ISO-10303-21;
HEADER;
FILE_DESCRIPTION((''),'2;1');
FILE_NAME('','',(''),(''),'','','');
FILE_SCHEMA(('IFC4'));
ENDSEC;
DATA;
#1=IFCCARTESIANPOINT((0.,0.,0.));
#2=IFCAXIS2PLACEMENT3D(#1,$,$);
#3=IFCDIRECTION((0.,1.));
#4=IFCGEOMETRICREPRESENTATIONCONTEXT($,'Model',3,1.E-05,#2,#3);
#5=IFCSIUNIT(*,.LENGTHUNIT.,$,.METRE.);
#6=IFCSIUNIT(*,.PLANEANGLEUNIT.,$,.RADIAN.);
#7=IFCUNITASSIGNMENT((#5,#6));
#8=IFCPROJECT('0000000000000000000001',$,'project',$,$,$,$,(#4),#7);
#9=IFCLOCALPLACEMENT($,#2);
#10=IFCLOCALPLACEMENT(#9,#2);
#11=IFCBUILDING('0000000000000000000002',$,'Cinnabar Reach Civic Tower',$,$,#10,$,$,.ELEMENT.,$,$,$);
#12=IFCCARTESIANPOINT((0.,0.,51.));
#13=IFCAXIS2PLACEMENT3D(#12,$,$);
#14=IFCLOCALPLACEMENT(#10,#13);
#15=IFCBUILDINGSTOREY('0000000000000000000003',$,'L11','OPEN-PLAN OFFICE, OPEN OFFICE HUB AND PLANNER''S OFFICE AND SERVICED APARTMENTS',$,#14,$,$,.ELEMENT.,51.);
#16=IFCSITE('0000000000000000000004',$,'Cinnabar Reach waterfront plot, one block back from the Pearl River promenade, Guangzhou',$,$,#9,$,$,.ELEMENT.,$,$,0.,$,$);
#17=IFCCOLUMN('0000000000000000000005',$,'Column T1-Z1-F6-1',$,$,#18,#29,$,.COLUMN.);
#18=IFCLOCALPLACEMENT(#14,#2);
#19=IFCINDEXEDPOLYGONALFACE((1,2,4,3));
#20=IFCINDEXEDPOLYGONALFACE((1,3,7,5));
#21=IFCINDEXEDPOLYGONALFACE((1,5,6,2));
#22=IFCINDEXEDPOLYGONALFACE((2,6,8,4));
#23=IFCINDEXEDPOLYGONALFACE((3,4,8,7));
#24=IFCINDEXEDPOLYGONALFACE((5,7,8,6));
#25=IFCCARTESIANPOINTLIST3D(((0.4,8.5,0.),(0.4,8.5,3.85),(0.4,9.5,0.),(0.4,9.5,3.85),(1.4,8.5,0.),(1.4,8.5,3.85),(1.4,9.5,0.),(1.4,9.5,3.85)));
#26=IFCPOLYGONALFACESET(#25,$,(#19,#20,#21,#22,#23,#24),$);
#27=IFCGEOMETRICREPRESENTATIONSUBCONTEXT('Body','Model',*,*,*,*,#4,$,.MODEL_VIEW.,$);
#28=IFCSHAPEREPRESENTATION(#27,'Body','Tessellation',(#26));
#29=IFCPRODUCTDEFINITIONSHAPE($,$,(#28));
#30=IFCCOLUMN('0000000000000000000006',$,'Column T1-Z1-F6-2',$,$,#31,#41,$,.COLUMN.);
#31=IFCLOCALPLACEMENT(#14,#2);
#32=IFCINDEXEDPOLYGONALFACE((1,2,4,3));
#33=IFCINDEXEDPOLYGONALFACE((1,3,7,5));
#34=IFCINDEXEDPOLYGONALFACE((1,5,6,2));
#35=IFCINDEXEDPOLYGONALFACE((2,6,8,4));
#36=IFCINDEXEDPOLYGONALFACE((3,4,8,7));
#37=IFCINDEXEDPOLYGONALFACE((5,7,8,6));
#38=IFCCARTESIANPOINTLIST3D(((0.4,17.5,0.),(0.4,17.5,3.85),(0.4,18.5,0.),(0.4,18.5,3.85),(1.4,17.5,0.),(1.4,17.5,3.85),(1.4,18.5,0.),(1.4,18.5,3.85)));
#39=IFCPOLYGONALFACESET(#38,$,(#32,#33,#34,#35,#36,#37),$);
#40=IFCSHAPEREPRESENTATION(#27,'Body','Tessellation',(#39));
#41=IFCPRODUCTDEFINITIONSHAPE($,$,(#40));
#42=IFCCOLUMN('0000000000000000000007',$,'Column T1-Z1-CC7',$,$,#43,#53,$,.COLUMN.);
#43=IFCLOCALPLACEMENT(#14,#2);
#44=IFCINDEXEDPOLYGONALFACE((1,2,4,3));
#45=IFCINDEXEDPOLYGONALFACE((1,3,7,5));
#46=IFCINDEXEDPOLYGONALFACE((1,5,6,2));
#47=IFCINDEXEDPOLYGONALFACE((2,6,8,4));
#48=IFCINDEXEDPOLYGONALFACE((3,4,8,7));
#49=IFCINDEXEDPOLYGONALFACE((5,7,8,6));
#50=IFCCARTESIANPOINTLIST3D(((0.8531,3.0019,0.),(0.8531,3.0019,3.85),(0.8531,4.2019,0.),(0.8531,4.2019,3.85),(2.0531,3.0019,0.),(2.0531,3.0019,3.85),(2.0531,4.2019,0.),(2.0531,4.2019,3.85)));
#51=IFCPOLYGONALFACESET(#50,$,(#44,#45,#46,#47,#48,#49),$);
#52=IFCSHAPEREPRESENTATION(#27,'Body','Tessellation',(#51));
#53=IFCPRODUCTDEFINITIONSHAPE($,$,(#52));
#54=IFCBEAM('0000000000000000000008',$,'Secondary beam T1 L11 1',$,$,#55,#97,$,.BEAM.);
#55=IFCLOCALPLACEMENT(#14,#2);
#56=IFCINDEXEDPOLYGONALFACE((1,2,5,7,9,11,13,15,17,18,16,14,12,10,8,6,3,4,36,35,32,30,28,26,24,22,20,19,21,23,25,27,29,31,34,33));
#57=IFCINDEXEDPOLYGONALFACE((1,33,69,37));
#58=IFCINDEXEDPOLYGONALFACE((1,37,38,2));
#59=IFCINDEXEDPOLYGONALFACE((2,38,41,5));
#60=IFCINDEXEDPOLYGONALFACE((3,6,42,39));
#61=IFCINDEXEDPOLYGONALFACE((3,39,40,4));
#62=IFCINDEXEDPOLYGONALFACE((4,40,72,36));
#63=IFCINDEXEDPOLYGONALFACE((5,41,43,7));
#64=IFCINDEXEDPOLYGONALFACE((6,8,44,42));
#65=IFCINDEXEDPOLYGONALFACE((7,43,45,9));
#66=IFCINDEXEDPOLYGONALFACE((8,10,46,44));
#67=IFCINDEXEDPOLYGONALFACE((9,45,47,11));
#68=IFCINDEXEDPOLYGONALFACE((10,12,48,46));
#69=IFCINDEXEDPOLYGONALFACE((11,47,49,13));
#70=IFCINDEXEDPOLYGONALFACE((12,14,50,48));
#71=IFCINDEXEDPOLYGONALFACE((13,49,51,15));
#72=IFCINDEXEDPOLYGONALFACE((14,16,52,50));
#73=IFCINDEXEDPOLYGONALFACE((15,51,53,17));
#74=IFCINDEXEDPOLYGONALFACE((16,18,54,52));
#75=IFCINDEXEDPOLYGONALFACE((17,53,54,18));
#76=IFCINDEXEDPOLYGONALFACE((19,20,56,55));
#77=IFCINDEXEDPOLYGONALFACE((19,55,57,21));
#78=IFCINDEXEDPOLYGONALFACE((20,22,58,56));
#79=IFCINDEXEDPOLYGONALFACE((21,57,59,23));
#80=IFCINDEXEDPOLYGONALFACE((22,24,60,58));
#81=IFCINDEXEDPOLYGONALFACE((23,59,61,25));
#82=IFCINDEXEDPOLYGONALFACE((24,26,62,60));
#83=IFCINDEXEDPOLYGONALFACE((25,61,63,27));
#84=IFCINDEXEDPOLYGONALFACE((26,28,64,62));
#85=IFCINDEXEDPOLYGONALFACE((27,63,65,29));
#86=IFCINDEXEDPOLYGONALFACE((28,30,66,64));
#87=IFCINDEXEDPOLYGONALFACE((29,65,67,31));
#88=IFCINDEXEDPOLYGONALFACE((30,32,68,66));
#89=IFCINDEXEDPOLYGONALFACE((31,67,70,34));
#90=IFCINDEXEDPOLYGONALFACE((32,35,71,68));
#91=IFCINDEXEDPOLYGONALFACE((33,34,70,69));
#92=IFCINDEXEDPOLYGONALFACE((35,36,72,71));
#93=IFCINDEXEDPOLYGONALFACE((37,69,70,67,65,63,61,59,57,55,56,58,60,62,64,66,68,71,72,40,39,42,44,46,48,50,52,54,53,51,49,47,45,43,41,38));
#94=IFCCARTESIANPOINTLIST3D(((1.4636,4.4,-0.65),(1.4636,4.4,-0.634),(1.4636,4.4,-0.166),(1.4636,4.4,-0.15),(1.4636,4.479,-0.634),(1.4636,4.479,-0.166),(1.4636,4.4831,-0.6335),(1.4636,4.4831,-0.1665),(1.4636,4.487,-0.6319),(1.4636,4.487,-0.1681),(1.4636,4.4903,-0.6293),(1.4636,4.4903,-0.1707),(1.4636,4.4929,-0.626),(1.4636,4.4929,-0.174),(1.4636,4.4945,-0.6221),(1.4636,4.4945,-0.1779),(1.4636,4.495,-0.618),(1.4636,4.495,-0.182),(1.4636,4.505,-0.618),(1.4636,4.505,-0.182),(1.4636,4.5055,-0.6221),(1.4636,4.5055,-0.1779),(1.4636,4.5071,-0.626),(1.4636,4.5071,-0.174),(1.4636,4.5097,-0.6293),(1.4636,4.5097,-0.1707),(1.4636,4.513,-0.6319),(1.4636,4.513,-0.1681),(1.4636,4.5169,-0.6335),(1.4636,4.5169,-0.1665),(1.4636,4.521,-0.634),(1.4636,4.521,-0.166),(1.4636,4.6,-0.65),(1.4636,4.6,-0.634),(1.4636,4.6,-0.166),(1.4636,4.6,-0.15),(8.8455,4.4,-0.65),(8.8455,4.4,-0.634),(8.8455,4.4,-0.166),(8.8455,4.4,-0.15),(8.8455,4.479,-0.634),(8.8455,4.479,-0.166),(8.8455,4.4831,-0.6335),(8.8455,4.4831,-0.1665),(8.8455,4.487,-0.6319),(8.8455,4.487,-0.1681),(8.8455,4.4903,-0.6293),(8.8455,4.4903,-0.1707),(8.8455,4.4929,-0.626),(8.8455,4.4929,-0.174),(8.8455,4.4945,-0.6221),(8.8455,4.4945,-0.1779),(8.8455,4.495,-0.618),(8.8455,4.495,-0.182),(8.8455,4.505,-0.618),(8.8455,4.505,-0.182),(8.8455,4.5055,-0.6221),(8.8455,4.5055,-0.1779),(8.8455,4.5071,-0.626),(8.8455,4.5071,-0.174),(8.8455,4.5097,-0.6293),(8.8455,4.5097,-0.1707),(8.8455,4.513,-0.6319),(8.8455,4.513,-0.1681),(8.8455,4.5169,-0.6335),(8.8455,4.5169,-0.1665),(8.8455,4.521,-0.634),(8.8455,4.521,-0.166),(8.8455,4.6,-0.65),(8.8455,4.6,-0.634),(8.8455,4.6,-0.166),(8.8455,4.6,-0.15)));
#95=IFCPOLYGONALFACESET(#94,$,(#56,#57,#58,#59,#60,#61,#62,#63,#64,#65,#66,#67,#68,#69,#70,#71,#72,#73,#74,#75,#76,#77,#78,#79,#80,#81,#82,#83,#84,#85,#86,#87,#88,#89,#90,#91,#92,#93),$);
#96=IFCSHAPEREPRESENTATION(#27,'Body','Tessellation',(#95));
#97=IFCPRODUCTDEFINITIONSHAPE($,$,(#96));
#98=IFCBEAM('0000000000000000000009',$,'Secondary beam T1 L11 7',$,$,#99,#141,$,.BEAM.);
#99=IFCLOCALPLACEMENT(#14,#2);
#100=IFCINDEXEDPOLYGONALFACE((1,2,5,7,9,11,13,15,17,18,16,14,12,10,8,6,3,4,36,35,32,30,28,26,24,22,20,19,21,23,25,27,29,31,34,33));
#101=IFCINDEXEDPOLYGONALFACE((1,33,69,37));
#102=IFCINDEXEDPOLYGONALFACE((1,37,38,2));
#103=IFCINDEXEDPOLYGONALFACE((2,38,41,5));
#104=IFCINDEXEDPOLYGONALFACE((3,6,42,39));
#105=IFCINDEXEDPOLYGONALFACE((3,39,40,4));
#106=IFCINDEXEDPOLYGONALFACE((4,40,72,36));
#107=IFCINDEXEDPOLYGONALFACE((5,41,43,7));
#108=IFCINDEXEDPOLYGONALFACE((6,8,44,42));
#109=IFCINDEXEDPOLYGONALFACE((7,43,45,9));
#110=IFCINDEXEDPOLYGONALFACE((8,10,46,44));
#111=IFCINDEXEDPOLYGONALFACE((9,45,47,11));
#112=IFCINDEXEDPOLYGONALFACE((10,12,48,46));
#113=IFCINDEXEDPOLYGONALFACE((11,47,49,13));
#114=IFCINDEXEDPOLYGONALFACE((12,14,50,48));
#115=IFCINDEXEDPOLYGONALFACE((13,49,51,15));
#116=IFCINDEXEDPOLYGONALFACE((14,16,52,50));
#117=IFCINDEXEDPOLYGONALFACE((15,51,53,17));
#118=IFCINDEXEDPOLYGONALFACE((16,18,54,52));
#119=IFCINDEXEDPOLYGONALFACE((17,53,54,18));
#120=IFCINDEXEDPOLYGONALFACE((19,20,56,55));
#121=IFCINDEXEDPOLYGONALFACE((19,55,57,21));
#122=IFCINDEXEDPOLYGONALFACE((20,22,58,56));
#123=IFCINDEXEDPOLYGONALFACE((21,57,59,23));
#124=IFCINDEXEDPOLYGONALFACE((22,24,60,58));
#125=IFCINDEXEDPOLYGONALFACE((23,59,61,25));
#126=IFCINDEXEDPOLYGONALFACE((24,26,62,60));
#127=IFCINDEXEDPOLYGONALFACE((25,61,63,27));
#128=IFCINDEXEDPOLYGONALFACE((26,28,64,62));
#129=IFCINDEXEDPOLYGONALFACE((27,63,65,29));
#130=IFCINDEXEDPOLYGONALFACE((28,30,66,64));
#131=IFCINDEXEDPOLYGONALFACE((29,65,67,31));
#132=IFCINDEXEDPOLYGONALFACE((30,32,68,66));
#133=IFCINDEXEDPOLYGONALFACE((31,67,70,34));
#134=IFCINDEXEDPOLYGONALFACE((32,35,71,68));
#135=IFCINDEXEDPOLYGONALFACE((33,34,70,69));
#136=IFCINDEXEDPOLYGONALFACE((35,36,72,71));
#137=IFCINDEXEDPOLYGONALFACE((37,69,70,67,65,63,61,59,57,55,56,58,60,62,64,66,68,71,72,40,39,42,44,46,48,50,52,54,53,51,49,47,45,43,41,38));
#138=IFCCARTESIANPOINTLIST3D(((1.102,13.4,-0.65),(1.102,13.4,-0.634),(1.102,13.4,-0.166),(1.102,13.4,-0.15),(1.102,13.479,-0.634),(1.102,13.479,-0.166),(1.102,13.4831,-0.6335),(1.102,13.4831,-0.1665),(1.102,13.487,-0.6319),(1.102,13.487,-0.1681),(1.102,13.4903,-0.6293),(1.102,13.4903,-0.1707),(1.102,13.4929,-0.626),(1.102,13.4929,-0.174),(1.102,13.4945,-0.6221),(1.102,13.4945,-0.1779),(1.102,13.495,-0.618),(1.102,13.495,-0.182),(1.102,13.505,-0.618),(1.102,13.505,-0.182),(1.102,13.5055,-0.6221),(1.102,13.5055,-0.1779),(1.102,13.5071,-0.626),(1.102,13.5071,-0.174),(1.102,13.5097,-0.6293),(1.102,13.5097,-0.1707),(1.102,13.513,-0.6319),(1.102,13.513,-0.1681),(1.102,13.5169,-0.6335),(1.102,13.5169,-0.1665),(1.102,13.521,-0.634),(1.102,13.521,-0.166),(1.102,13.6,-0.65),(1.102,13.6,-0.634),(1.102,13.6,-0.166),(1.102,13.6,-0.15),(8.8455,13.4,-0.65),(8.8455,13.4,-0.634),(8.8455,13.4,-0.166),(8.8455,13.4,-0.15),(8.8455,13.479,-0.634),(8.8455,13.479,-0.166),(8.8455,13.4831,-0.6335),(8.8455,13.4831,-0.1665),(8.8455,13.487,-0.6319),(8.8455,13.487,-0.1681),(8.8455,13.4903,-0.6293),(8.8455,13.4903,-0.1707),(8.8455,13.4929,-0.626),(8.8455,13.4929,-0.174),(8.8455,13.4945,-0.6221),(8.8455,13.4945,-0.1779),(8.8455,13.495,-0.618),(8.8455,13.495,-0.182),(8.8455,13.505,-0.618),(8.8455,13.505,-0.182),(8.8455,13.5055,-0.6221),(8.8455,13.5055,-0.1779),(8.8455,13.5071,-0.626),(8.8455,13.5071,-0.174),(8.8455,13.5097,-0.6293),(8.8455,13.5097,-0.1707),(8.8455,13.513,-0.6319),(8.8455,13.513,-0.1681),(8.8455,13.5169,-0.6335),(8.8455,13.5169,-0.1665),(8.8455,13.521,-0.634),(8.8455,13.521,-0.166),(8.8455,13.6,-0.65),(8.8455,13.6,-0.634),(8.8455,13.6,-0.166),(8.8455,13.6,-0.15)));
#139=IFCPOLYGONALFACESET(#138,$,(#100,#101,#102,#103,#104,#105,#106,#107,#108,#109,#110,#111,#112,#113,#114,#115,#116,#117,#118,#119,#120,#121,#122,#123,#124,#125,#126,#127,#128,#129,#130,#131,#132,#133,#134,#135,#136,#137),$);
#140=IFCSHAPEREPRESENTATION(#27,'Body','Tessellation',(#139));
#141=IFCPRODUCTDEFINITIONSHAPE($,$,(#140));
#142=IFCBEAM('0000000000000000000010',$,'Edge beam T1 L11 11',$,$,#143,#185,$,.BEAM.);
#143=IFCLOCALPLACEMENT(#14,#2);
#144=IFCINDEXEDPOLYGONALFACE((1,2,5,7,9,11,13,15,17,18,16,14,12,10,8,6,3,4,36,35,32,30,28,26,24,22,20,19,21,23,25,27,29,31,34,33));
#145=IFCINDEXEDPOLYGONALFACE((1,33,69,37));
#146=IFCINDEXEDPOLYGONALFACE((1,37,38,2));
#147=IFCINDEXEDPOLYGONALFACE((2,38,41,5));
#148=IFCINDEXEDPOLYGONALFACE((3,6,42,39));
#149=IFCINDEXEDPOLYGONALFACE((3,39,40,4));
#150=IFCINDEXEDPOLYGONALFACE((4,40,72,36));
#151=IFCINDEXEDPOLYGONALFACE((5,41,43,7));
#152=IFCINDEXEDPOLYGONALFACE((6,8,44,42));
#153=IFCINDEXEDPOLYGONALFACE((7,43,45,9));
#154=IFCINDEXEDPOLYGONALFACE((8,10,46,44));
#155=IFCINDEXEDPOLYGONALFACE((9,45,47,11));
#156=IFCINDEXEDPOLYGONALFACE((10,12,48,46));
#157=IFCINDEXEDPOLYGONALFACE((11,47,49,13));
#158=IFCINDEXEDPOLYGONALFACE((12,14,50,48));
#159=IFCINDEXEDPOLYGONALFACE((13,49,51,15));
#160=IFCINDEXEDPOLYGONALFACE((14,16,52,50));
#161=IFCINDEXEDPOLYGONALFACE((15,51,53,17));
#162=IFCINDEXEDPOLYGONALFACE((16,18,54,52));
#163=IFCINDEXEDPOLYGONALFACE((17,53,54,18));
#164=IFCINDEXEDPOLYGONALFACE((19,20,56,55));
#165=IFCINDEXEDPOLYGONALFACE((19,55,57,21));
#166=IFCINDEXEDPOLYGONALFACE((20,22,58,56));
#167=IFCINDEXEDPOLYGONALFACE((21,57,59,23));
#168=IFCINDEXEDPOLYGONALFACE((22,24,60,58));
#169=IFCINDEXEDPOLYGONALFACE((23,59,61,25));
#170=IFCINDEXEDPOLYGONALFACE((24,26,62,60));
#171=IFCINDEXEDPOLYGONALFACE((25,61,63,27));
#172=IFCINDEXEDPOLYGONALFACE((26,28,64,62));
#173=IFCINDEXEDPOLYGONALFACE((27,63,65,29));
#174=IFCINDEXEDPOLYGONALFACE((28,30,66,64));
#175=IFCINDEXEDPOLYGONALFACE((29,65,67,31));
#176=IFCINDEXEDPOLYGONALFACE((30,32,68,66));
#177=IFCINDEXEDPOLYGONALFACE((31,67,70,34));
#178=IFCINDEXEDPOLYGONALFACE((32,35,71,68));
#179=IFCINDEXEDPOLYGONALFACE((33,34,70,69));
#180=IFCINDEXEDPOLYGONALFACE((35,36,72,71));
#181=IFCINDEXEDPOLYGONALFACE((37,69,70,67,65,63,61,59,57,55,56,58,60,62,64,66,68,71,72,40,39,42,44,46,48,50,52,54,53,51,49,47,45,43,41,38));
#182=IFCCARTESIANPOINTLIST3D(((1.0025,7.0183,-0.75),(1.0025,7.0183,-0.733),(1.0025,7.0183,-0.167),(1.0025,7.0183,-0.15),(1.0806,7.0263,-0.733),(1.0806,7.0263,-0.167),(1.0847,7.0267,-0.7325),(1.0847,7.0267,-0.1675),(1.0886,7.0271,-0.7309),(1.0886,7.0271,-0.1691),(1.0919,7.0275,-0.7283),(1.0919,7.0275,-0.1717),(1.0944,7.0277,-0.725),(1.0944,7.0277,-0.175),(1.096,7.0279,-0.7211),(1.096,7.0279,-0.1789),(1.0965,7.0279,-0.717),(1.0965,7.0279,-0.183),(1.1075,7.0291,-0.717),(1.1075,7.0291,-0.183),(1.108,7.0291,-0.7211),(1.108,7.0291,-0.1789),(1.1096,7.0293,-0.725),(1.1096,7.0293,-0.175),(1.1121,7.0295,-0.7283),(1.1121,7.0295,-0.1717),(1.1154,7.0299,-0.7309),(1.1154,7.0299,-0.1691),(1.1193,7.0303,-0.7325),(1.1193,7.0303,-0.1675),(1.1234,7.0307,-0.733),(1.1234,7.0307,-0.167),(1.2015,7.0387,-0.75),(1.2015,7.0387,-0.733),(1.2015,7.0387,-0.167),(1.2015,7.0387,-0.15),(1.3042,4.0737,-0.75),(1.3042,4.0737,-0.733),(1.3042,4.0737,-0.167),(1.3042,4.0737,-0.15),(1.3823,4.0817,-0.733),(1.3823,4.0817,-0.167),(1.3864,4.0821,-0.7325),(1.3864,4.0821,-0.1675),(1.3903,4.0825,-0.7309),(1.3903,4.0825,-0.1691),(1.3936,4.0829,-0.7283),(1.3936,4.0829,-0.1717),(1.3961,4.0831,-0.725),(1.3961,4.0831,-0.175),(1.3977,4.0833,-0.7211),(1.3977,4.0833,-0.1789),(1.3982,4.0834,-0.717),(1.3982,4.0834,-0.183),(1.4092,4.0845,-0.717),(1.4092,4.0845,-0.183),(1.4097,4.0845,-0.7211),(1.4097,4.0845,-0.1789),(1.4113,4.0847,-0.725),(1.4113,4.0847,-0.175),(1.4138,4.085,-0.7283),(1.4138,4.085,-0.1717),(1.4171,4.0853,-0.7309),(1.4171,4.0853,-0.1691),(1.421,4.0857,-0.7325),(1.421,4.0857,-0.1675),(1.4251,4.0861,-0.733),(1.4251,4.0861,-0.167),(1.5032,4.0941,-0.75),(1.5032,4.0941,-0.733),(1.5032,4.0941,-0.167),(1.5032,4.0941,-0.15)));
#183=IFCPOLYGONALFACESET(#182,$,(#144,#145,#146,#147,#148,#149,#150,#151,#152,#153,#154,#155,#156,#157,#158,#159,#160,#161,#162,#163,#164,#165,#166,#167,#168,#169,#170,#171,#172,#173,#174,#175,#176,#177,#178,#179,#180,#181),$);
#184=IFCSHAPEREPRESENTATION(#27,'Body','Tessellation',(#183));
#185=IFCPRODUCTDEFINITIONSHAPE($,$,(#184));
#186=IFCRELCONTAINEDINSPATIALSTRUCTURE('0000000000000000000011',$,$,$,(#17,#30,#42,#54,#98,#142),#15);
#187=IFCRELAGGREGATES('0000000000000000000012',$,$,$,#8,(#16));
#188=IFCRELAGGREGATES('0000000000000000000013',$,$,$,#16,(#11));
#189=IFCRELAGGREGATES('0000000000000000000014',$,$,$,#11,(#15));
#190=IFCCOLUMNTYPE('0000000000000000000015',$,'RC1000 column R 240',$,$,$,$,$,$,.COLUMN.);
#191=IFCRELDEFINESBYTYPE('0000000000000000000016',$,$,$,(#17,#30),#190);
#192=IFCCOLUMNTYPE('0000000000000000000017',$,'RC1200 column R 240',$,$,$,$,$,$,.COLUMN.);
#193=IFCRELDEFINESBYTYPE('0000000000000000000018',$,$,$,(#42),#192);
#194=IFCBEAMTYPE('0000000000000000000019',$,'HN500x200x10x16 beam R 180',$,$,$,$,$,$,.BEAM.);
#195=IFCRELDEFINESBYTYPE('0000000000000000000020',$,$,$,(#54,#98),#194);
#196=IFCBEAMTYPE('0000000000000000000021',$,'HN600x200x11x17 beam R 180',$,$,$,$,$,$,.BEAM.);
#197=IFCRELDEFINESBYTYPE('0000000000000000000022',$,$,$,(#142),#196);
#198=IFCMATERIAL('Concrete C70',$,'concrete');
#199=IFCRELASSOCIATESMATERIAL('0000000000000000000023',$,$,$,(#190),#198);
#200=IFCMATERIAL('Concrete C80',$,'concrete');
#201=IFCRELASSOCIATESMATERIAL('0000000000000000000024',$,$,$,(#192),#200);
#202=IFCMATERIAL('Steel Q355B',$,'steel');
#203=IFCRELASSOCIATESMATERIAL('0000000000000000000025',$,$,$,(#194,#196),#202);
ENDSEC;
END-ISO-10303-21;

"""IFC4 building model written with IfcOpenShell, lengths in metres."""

from ifc_helpers import new_model, si_unit, direction, frame, origin, origin_2d, place, context, subcontext, project, spatial, rectangle, i_section, extrude, material, material_profile, profile_set, type_object, element, save


model = new_model("IFC4")

# Units and contexts
model_context = context("Model", 3, precision=1e-05, world=origin(), true_north=direction((0.0, 1.0)))
body_context = subcontext(model_context, "Body", "Model", "MODEL_VIEW")
ifc_project = project(units=[si_unit("LENGTHUNIT", "METRE"), si_unit("PLANEANGLEUNIT", "RADIAN")], contexts=[model_context])

# Site, building, storey
site_placement = place(None, origin())
site = spatial("IfcSite", under=ifc_project, at=site_placement, Name="Cinnabar Reach waterfront plot, one block back from the Pearl River promenade, Guangzhou", CompositionType="ELEMENT", RefElevation=0.0)
building_placement = place(site_placement, origin())
building = spatial("IfcBuilding", under=site, at=building_placement, Name="Cinnabar Reach Civic Tower", CompositionType="ELEMENT")
storey_placement = place(building_placement, frame((0.0, 0.0, 51.0)))
storey = spatial("IfcBuildingStorey", under=building, at=storey_placement, Name="L11", Description="OPEN-PLAN OFFICE, OPEN OFFICE HUB AND PLANNER'S OFFICE AND SERVICED APARTMENTS", CompositionType="ELEMENT", Elevation=51.0)

# Columns
ifc_material_1 = material(Name="Concrete C70", Category="concrete")
ifc_material_profile_1 = material_profile(ifc_material_1, rectangle(XDim=1.0, YDim=1.0, at=origin_2d()), Name="RC1000")
ifc_profile_set_1 = profile_set([ifc_material_profile_1], Name="Concrete C70")
column_type_1 = type_object("IfcColumnType", Name="RC1000 column R 240", PredefinedType="COLUMN", material=ifc_profile_set_1)
for number, where, z_axis, x_axis, name in (
    (1, (0.9, 9.0, 0.0), (0.0, 0.0, 1.0), (1.0, 0.0, 0.0), "Column T1-Z1-F6-1"),
    (2, (0.9, 18.0, 0.0), (0.0, 0.0, 1.0), (1.0, 0.0, 0.0), "Column T1-Z1-F6-2"),
):
    element("IfcColumn", number, at=place(storey_placement, frame(where, z_axis=z_axis, x_axis=x_axis)), inside=storey, type_object=column_type_1, Name=name, PredefinedType="COLUMN", context=body_context, shape_type="SweptSolid", body=[
        extrude(rectangle(XDim=1.0, YDim=1.0, at=origin_2d()), origin(), (0.0, 0.0, 1.0), 3.85),
    ])
ifc_material_2 = material(Name="Concrete C80", Category="concrete")
ifc_material_profile_2 = material_profile(ifc_material_2, rectangle(XDim=1.2, YDim=1.2, at=origin_2d()), Name="RC1200")
ifc_profile_set_2 = profile_set([ifc_material_profile_2], Name="Concrete C80")
column_type_2 = type_object("IfcColumnType", Name="RC1200 column R 240", PredefinedType="COLUMN", material=ifc_profile_set_2)
column_placement = place(storey_placement, frame((1.4531, 3.6019, 0.0), z_axis=(0.0, 0.0, 1.0), x_axis=(1.0, 0.0, 0.0)))
element("IfcColumn", 3, at=column_placement, inside=storey, type_object=column_type_2, Name="Column T1-Z1-CC7", PredefinedType="COLUMN", context=body_context, shape_type="SweptSolid", body=[
    extrude(rectangle(XDim=1.2, YDim=1.2, at=origin_2d()), origin(), (0.0, 0.0, 1.0), 3.85),
])

# Beams
ifc_material_3 = material(Name="Steel Q355B", Category="steel")
ifc_material_profile_3 = material_profile(ifc_material_3, i_section(OverallWidth=0.2, OverallDepth=0.5, WebThickness=0.01, FlangeThickness=0.016, FilletRadius=0.016, at=origin_2d()), Name="HN500x200x10x16")
ifc_profile_set_3 = profile_set([ifc_material_profile_3], Name="Steel Q355B")
beam_type_1 = type_object("IfcBeamType", Name="HN500x200x10x16 beam R 180", PredefinedType="BEAM", material=ifc_profile_set_3)
beam_1_placement = place(storey_placement, frame((1.4636, 4.5, -0.4), z_axis=(1.0, 0.0, 0.0), x_axis=(0.0, 1.0, 0.0)))
element("IfcBeam", 4, at=beam_1_placement, inside=storey, type_object=beam_type_1, Name="Secondary beam T1 L11 1", PredefinedType="BEAM", context=body_context, shape_type="SweptSolid", body=[
    extrude(i_section(OverallWidth=0.2, OverallDepth=0.5, WebThickness=0.01, FlangeThickness=0.016, FilletRadius=0.016, at=origin_2d()), origin(), (0.0, 0.0, 1.0), 7.3819),
])
beam_2_placement = place(storey_placement, frame((1.102, 13.5, -0.4), z_axis=(1.0, 0.0, 0.0), x_axis=(0.0, 1.0, 0.0)))
element("IfcBeam", 5, at=beam_2_placement, inside=storey, type_object=beam_type_1, Name="Secondary beam T1 L11 7", PredefinedType="BEAM", context=body_context, shape_type="SweptSolid", body=[
    extrude(i_section(OverallWidth=0.2, OverallDepth=0.5, WebThickness=0.01, FlangeThickness=0.016, FilletRadius=0.016, at=origin_2d()), origin(), (0.0, 0.0, 1.0), 7.7435),
])
ifc_material_profile_4 = material_profile(ifc_material_3, i_section(OverallWidth=0.2, OverallDepth=0.6, WebThickness=0.011, FlangeThickness=0.017, FilletRadius=0.016, at=origin_2d()), Name="HN600x200x11x17")
ifc_profile_set_4 = profile_set([ifc_material_profile_4], Name="Steel Q355B")
beam_type_2 = type_object("IfcBeamType", Name="HN600x200x11x17 beam R 180", PredefinedType="BEAM", material=ifc_profile_set_4)
beam_3_placement = place(storey_placement, frame((1.102, 7.0285, -0.45), z_axis=(0.101925, -0.994792, 0.0), x_axis=(0.994792, 0.101925, 0.0)))
element("IfcBeam", 6, at=beam_3_placement, inside=storey, type_object=beam_type_2, Name="Edge beam T1 L11 11", PredefinedType="BEAM", context=body_context, shape_type="SweptSolid", body=[
    extrude(i_section(OverallWidth=0.2, OverallDepth=0.6, WebThickness=0.011, FlangeThickness=0.017, FilletRadius=0.016, at=origin_2d()), origin(), (0.0, 0.0, 1.0), 2.96),
])

save(model, "model.ifc")
